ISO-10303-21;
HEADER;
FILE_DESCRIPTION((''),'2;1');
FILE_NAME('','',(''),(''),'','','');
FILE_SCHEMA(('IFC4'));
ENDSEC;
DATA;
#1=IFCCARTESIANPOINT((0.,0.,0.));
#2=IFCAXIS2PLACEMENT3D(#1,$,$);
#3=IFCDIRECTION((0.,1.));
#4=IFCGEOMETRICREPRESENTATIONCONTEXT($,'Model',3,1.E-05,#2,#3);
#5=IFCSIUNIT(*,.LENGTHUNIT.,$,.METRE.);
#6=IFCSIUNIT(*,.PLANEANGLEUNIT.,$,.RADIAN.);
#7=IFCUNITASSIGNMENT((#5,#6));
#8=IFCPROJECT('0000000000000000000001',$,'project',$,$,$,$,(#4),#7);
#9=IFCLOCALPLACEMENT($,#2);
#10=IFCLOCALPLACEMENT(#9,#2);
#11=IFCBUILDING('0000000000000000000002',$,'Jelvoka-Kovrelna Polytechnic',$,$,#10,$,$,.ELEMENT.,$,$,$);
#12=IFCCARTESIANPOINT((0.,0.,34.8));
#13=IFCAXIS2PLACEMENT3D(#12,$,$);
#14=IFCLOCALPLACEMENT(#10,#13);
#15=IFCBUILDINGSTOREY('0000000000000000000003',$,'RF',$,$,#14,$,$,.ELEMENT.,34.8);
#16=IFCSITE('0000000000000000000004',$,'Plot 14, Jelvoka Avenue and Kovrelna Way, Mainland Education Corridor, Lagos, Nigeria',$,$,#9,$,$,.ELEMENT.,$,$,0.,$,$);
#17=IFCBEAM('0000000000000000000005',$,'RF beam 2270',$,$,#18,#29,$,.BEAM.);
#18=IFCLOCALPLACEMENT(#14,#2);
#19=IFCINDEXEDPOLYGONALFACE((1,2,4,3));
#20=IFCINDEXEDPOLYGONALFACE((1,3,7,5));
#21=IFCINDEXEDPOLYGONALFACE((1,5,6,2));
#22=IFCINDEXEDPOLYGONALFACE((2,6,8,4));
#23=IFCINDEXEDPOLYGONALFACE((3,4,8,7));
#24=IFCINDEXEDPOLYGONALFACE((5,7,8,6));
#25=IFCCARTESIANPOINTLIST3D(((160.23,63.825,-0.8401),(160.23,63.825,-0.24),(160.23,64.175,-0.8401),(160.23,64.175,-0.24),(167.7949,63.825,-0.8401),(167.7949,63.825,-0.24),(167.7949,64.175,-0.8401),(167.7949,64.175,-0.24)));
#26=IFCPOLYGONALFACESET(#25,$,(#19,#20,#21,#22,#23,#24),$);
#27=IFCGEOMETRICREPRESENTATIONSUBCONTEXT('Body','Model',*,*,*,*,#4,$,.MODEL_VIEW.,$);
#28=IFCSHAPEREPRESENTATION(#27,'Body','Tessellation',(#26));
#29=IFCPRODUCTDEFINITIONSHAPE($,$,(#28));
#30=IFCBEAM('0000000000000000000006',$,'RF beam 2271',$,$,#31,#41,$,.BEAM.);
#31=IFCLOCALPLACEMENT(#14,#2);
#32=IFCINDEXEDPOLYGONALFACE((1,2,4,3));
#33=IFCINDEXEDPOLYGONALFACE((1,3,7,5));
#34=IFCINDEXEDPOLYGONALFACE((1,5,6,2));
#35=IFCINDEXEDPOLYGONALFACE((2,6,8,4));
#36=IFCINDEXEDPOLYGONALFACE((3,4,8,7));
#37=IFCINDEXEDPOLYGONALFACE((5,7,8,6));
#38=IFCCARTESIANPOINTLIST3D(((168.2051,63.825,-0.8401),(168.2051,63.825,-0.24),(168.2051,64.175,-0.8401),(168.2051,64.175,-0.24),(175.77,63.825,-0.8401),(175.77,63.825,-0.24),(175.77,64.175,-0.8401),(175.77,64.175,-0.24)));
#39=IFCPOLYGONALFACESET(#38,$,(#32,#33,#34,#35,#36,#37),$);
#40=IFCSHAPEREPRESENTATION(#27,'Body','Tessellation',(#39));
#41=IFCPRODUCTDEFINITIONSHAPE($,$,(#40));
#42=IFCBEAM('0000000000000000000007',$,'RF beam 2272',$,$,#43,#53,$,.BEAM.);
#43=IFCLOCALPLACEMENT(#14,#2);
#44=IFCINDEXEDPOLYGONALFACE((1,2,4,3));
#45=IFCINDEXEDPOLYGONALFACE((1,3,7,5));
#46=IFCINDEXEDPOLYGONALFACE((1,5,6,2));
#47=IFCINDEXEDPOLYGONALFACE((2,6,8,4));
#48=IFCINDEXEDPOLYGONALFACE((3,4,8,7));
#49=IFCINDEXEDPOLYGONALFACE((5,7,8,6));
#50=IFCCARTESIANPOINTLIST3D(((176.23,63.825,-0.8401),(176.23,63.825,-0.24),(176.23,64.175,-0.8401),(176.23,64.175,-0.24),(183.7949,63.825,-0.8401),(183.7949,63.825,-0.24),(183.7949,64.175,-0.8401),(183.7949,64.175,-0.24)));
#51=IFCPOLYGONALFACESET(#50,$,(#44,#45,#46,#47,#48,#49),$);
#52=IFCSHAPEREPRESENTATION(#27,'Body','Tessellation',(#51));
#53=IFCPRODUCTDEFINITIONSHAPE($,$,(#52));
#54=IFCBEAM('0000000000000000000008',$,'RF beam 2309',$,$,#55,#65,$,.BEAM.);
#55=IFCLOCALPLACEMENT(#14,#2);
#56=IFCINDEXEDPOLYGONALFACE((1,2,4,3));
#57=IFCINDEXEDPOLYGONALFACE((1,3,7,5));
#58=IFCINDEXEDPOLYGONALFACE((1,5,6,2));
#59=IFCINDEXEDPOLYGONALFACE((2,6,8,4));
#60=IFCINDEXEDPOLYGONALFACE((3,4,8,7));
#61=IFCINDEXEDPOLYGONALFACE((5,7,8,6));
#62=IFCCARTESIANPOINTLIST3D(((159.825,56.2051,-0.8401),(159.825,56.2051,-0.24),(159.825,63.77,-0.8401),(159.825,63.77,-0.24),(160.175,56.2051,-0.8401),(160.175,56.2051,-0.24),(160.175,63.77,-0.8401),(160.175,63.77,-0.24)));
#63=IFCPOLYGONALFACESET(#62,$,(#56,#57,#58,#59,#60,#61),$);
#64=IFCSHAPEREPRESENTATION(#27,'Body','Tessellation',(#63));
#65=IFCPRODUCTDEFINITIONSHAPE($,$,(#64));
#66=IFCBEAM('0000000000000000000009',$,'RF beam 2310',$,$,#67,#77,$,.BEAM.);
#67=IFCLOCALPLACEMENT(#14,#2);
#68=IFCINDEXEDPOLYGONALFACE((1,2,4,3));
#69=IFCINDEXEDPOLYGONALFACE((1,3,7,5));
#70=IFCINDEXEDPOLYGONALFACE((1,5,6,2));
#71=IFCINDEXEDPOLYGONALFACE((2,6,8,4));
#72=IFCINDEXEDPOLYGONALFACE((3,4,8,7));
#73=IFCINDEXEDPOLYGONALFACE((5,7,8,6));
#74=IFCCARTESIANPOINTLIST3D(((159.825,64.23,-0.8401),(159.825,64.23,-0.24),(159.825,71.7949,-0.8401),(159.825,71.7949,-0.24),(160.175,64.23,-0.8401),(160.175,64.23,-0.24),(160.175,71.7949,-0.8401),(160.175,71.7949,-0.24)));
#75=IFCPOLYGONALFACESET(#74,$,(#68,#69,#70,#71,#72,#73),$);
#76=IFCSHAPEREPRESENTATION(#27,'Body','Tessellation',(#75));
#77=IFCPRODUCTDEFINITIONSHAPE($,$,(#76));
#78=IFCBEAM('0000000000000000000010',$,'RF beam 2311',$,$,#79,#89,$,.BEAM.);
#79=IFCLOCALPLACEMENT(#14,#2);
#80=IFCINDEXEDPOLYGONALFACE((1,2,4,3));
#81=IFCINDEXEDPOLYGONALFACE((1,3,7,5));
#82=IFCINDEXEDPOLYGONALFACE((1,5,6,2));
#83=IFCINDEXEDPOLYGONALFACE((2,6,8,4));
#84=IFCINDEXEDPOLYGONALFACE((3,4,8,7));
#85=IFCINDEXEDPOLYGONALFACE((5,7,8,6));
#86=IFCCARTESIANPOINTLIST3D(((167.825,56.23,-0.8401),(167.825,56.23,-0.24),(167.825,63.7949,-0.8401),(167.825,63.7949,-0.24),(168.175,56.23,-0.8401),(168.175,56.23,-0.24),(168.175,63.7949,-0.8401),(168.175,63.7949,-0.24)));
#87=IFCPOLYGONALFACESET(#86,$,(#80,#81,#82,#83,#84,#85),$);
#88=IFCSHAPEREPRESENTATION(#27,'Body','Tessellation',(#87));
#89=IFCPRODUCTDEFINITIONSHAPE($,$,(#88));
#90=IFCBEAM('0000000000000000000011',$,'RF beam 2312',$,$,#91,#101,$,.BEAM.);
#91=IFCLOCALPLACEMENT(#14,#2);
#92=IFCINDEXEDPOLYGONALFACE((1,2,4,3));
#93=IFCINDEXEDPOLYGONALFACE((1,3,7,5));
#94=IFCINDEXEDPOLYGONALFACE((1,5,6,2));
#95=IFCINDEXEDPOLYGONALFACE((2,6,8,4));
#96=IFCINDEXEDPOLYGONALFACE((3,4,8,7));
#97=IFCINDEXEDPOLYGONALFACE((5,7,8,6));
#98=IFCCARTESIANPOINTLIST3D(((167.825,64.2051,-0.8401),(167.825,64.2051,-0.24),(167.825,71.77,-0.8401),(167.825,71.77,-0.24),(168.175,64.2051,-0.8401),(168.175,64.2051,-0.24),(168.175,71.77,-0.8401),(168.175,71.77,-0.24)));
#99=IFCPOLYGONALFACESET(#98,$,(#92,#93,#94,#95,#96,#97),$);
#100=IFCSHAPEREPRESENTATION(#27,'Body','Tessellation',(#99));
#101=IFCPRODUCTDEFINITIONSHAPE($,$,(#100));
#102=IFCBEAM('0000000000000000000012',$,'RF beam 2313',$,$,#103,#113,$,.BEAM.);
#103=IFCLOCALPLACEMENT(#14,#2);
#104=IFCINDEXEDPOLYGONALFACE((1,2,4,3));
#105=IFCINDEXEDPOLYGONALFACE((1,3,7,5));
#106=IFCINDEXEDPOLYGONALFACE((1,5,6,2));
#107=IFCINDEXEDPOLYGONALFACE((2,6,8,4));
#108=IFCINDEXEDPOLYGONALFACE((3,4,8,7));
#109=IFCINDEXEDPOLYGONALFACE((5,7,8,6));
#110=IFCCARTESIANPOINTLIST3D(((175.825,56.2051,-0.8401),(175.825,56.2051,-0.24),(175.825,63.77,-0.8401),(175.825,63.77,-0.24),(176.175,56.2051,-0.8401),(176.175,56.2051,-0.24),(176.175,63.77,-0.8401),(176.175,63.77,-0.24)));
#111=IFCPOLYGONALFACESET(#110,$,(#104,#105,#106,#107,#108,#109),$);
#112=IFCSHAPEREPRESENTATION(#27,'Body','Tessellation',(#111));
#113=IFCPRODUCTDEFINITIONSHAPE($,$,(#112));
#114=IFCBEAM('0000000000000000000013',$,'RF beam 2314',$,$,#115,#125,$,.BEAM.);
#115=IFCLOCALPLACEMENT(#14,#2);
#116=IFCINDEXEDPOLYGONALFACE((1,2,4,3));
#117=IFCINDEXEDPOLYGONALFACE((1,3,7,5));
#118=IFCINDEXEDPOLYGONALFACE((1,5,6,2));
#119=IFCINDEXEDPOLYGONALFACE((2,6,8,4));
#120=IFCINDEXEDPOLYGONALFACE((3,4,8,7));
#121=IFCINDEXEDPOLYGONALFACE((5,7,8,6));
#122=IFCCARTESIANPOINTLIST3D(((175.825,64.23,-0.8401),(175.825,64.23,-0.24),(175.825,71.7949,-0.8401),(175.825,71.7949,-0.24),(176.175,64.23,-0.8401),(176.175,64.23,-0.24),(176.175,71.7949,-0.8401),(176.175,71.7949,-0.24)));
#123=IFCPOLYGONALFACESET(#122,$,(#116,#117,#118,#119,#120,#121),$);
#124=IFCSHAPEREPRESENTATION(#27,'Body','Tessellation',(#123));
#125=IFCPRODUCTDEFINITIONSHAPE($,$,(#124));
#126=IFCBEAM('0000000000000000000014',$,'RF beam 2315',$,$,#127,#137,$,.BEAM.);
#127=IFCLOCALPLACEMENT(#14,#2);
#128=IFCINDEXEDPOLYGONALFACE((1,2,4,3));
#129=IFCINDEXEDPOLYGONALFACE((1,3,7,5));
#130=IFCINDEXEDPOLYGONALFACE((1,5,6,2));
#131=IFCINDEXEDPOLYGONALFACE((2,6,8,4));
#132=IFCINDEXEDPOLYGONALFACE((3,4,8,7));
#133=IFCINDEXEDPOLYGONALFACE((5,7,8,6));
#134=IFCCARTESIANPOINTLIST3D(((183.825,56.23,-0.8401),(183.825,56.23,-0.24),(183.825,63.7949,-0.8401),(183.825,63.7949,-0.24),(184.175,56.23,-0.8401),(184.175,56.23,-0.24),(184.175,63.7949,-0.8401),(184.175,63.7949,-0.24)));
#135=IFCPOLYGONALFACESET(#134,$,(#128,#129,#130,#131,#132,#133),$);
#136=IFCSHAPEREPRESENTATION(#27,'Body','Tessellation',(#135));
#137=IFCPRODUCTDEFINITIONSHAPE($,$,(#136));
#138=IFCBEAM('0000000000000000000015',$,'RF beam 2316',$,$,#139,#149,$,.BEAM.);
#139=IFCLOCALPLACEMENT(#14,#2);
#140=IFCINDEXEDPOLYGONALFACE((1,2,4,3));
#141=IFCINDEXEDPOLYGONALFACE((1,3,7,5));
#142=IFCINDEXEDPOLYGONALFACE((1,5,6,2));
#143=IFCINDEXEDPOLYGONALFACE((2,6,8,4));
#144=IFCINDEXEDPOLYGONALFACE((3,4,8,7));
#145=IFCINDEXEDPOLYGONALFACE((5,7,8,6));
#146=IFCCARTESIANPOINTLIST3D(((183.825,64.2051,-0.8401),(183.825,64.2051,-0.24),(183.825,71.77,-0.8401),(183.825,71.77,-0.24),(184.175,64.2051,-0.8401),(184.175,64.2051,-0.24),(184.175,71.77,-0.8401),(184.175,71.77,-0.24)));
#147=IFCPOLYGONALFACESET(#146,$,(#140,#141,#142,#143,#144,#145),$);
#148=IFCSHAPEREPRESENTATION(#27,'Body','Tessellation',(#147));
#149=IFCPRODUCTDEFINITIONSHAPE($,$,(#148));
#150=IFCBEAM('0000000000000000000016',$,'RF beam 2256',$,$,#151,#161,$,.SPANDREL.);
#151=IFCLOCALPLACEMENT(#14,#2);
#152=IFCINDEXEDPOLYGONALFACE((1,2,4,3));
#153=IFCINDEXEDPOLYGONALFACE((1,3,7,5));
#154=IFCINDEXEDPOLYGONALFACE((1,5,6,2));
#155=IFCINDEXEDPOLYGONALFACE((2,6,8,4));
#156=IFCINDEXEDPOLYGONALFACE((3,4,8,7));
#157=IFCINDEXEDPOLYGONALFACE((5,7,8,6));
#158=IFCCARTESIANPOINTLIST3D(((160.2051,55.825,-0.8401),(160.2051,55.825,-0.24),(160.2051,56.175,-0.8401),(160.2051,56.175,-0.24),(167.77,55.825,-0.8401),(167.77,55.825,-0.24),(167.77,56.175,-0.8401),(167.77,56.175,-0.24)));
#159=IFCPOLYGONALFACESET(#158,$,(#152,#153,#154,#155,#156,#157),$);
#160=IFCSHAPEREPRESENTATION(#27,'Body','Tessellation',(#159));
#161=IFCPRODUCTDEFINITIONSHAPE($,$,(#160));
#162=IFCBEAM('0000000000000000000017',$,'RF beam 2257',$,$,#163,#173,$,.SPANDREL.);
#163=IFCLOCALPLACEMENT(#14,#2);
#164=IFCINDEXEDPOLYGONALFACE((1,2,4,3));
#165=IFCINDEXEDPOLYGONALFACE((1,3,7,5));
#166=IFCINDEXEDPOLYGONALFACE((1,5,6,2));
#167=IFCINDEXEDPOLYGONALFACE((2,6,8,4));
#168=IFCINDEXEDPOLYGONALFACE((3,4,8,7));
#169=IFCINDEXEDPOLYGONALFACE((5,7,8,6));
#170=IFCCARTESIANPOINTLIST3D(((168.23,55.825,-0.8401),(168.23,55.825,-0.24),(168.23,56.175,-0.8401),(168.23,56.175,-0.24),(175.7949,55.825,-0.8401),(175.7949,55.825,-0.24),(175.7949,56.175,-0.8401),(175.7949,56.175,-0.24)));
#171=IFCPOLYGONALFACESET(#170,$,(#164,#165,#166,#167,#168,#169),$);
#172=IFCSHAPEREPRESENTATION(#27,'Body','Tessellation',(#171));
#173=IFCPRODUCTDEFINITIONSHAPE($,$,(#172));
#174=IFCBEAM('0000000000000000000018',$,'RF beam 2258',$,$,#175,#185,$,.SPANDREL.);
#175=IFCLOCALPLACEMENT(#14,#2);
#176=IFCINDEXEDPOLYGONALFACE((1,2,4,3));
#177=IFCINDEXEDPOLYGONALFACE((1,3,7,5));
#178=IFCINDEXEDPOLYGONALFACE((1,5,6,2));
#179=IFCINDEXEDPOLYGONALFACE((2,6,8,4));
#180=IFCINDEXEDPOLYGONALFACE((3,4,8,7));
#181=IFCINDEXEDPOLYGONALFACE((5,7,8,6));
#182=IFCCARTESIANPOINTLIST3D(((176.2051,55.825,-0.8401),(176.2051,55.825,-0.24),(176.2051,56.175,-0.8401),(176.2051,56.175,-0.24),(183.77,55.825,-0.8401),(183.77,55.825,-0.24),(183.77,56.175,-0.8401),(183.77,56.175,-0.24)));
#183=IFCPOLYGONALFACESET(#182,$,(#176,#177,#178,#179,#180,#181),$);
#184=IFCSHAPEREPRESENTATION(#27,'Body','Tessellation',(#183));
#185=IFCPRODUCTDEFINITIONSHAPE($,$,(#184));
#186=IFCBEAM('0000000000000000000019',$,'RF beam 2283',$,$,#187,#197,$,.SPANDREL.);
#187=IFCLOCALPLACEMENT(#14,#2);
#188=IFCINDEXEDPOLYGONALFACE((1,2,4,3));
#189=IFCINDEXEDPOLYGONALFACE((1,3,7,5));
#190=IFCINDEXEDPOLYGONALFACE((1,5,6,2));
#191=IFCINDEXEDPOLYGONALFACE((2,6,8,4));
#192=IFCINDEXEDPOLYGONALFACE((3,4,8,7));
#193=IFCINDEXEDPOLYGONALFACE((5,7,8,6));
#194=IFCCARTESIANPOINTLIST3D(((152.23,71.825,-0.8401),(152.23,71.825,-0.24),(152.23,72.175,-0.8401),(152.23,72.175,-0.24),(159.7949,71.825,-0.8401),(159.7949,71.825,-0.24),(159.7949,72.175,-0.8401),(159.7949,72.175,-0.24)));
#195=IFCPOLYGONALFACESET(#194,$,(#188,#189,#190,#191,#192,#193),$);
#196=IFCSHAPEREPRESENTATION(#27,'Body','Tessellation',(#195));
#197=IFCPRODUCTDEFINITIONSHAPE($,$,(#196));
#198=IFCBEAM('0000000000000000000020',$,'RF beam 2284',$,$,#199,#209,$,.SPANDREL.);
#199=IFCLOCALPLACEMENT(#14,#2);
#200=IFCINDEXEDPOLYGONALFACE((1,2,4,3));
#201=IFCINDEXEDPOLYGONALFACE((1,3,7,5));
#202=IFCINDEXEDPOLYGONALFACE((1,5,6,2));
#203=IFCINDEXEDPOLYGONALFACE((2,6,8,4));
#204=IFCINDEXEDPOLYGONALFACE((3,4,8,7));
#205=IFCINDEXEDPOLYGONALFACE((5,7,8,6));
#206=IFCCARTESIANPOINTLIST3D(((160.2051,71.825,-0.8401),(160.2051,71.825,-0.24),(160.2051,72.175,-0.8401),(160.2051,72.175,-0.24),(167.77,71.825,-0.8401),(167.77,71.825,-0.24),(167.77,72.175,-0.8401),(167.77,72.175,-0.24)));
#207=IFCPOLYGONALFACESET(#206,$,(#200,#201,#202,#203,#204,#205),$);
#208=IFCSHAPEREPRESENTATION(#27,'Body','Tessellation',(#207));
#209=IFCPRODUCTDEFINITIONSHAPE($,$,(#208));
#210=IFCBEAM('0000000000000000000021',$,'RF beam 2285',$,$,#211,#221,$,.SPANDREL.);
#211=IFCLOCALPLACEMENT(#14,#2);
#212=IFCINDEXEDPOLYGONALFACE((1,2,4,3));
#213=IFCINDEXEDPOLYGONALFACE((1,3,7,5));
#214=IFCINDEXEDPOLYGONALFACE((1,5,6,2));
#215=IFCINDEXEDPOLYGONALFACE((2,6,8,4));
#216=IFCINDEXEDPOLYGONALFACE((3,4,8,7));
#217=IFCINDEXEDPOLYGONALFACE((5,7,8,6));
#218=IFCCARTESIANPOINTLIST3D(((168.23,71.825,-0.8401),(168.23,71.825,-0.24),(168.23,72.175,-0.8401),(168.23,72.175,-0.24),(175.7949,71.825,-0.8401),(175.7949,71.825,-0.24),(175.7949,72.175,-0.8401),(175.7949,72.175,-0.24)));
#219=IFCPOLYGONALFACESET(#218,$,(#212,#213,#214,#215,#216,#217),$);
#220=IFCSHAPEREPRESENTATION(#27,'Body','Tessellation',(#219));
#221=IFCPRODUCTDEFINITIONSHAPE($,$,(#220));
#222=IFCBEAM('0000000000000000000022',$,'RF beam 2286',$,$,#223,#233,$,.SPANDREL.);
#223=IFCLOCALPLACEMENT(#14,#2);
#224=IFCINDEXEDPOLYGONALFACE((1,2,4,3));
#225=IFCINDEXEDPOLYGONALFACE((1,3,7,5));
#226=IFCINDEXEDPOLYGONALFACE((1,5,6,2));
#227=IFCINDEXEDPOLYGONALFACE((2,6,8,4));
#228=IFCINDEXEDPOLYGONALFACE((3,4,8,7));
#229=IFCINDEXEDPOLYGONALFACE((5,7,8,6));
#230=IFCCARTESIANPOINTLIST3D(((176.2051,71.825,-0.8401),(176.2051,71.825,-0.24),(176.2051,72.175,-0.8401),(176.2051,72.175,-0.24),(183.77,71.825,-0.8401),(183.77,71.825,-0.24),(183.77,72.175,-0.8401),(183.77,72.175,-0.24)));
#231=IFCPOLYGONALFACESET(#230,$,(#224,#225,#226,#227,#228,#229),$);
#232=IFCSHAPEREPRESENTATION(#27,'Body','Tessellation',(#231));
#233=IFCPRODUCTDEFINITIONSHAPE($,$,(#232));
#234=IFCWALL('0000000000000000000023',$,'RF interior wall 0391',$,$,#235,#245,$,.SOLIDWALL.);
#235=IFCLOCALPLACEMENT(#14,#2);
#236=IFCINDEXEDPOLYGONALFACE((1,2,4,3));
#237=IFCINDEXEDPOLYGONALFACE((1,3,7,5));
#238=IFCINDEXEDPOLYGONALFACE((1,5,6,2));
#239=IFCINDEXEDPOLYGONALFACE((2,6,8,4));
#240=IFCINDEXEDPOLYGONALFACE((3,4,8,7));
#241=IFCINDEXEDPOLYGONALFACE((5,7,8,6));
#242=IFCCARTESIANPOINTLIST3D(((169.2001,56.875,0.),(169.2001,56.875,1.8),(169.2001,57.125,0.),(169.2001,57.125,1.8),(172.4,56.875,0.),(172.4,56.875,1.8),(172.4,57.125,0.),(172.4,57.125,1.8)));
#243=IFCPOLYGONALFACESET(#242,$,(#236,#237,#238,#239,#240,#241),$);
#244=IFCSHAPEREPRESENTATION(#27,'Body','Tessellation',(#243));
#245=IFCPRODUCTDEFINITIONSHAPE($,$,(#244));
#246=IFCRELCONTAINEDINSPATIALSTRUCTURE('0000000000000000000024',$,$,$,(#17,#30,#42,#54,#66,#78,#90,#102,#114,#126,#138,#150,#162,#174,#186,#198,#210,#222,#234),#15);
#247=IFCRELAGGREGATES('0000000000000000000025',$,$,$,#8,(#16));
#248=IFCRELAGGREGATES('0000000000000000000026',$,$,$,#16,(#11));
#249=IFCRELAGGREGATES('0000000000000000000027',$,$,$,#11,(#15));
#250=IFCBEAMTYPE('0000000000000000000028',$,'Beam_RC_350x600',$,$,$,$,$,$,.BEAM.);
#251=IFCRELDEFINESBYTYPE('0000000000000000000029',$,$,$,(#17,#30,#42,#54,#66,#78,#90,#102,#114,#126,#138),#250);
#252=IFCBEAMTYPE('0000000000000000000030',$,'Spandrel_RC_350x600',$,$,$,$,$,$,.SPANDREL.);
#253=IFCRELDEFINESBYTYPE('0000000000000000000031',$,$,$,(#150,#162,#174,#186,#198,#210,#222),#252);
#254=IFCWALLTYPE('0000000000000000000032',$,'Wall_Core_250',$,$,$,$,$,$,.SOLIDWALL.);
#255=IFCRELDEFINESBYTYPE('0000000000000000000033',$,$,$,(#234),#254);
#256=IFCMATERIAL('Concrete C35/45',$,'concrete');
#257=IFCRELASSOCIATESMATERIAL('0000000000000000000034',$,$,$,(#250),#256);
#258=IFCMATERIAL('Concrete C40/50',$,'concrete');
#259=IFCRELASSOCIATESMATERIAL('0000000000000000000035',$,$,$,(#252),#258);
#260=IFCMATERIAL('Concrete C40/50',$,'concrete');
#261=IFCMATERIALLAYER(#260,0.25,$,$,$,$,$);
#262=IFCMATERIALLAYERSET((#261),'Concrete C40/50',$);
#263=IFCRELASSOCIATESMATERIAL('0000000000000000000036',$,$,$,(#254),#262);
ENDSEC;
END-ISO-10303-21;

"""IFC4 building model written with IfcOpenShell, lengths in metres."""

from ifc_helpers import new_model, si_unit, direction, frame, frame_2d, origin, origin_2d, place, context, subcontext, project, spatial, rectangle, extrude, material, layer, layer_set, material_profile, profile_set, type_object, element, save


model = new_model("IFC4")

# Units and contexts
model_context = context("Model", 3, precision=1e-05, world=origin(), true_north=direction((0.0, 1.0)))
body_context = subcontext(model_context, "Body", "Model", "MODEL_VIEW")
ifc_project = project(units=[si_unit("LENGTHUNIT", "METRE"), si_unit("PLANEANGLEUNIT", "RADIAN")], contexts=[model_context])

# Site, building, storey
site_placement = place(None, origin())
site = spatial("IfcSite", under=ifc_project, at=site_placement, Name="Plot 14, Jelvoka Avenue and Kovrelna Way, Mainland Education Corridor, Lagos, Nigeria", CompositionType="ELEMENT", RefElevation=0.0)
building_placement = place(site_placement, origin())
building = spatial("IfcBuilding", under=site, at=building_placement, Name="Jelvoka-Kovrelna Polytechnic", CompositionType="ELEMENT")
storey_placement = place(building_placement, frame((0.0, 0.0, 34.8)))
storey = spatial("IfcBuildingStorey", under=building, at=storey_placement, Name="RF", CompositionType="ELEMENT", Elevation=34.8)

# Beams
ifc_material_1 = material(Name="Concrete C35/45", Category="concrete")
ifc_material_profile_1 = material_profile(ifc_material_1, rectangle(XDim=0.3501, YDim=0.6001, at=origin_2d()), Name="RC 350x600")
ifc_profile_set_1 = profile_set([ifc_material_profile_1], Name="Concrete C35/45")
beam_type_1 = type_object("IfcBeamType", Name="Beam_RC_350x600", PredefinedType="BEAM", material=ifc_profile_set_1)
for number, where, z_axis, x_axis, name in (
    (1, (160.23, 64.0, -0.54), (1.0, 0.0, 0.0), (0.0, 1.0, 0.0), "RF beam 2270"),
    (2, (168.2051, 64.0, -0.54), (1.0, 0.0, 0.0), (0.0, 1.0, 0.0), "RF beam 2271"),
    (3, (176.23, 64.0, -0.54), (1.0, 0.0, 0.0), (0.0, 1.0, 0.0), "RF beam 2272"),
    (4, (160.0, 56.2051, -0.54), (0.0, 1.0, 0.0), (-1.0, 0.0, 0.0), "RF beam 2309"),
    (5, (160.0, 64.23, -0.54), (0.0, 1.0, 0.0), (-1.0, 0.0, 0.0), "RF beam 2310"),
    (6, (168.0, 56.23, -0.54), (0.0, 1.0, 0.0), (-1.0, 0.0, 0.0), "RF beam 2311"),
    (7, (168.0, 64.2051, -0.54), (0.0, 1.0, 0.0), (-1.0, 0.0, 0.0), "RF beam 2312"),
    (8, (176.0, 56.2051, -0.54), (0.0, 1.0, 0.0), (-1.0, 0.0, 0.0), "RF beam 2313"),
    (9, (176.0, 64.23, -0.54), (0.0, 1.0, 0.0), (-1.0, 0.0, 0.0), "RF beam 2314"),
    (10, (184.0, 56.23, -0.54), (0.0, 1.0, 0.0), (-1.0, 0.0, 0.0), "RF beam 2315"),
    (11, (184.0, 64.2051, -0.54), (0.0, 1.0, 0.0), (-1.0, 0.0, 0.0), "RF beam 2316"),
):
    element("IfcBeam", number, at=place(storey_placement, frame(where, z_axis=z_axis, x_axis=x_axis)), inside=storey, type_object=beam_type_1, Name=name, PredefinedType="BEAM", context=body_context, shape_type="SweptSolid", body=[
        extrude(rectangle(XDim=0.3501, YDim=0.6001, at=origin_2d()), origin(), (0.0, 0.0, 1.0), 7.5649),
    ])
ifc_material_2 = material(Name="Concrete C40/50", Category="concrete")
ifc_material_profile_2 = material_profile(ifc_material_2, rectangle(XDim=0.3501, YDim=0.6001, at=origin_2d()), Name="RC 350x600")
ifc_profile_set_2 = profile_set([ifc_material_profile_2], Name="Concrete C40/50")
beam_type_2 = type_object("IfcBeamType", Name="Spandrel_RC_350x600", PredefinedType="SPANDREL", material=ifc_profile_set_2)
for number, where, z_axis, x_axis, name in (
    (12, (160.2051, 56.0, -0.54), (1.0, 0.0, 0.0), (0.0, 1.0, 0.0), "RF beam 2256"),
    (13, (168.23, 56.0, -0.54), (1.0, 0.0, 0.0), (0.0, 1.0, 0.0), "RF beam 2257"),
    (14, (176.2051, 56.0, -0.54), (1.0, 0.0, 0.0), (0.0, 1.0, 0.0), "RF beam 2258"),
    (15, (152.23, 72.0, -0.54), (1.0, 0.0, 0.0), (0.0, 1.0, 0.0), "RF beam 2283"),
    (16, (160.2051, 72.0, -0.54), (1.0, 0.0, 0.0), (0.0, 1.0, 0.0), "RF beam 2284"),
    (17, (168.23, 72.0, -0.54), (1.0, 0.0, 0.0), (0.0, 1.0, 0.0), "RF beam 2285"),
    (18, (176.2051, 72.0, -0.54), (1.0, 0.0, 0.0), (0.0, 1.0, 0.0), "RF beam 2286"),
):
    element("IfcBeam", number, at=place(storey_placement, frame(where, z_axis=z_axis, x_axis=x_axis)), inside=storey, type_object=beam_type_2, Name=name, PredefinedType="SPANDREL", context=body_context, shape_type="SweptSolid", body=[
        extrude(rectangle(XDim=0.3501, YDim=0.6001, at=origin_2d()), origin(), (0.0, 0.0, 1.0), 7.5649),
    ])

# Wall
ifc_material_3 = material(Name="Concrete C40/50", Category="concrete")
ifc_layer_1 = layer(ifc_material_3, 0.25)
ifc_layer_set_1 = layer_set([ifc_layer_1], Name="Concrete C40/50")
wall_type_1 = type_object("IfcWallType", Name="Wall_Core_250", PredefinedType="SOLIDWALL", material=ifc_layer_set_1)
wall_1_placement = place(storey_placement, frame((169.2, 57.0, 0.0), z_axis=(0.0, 0.0, 1.0), x_axis=(1.0, 0.0, 0.0)))
element("IfcWall", 19, at=wall_1_placement, inside=storey, type_object=wall_type_1, Name="RF interior wall 0391", PredefinedType="SOLIDWALL", context=body_context, shape_type="SweptSolid", body=[
    extrude(rectangle(XDim=3.2, YDim=0.25, at=frame_2d((1.6001, 0.0))), origin(), (0.0, 0.0, 1.0), 1.8),
])

save(model, "model.ifc")
